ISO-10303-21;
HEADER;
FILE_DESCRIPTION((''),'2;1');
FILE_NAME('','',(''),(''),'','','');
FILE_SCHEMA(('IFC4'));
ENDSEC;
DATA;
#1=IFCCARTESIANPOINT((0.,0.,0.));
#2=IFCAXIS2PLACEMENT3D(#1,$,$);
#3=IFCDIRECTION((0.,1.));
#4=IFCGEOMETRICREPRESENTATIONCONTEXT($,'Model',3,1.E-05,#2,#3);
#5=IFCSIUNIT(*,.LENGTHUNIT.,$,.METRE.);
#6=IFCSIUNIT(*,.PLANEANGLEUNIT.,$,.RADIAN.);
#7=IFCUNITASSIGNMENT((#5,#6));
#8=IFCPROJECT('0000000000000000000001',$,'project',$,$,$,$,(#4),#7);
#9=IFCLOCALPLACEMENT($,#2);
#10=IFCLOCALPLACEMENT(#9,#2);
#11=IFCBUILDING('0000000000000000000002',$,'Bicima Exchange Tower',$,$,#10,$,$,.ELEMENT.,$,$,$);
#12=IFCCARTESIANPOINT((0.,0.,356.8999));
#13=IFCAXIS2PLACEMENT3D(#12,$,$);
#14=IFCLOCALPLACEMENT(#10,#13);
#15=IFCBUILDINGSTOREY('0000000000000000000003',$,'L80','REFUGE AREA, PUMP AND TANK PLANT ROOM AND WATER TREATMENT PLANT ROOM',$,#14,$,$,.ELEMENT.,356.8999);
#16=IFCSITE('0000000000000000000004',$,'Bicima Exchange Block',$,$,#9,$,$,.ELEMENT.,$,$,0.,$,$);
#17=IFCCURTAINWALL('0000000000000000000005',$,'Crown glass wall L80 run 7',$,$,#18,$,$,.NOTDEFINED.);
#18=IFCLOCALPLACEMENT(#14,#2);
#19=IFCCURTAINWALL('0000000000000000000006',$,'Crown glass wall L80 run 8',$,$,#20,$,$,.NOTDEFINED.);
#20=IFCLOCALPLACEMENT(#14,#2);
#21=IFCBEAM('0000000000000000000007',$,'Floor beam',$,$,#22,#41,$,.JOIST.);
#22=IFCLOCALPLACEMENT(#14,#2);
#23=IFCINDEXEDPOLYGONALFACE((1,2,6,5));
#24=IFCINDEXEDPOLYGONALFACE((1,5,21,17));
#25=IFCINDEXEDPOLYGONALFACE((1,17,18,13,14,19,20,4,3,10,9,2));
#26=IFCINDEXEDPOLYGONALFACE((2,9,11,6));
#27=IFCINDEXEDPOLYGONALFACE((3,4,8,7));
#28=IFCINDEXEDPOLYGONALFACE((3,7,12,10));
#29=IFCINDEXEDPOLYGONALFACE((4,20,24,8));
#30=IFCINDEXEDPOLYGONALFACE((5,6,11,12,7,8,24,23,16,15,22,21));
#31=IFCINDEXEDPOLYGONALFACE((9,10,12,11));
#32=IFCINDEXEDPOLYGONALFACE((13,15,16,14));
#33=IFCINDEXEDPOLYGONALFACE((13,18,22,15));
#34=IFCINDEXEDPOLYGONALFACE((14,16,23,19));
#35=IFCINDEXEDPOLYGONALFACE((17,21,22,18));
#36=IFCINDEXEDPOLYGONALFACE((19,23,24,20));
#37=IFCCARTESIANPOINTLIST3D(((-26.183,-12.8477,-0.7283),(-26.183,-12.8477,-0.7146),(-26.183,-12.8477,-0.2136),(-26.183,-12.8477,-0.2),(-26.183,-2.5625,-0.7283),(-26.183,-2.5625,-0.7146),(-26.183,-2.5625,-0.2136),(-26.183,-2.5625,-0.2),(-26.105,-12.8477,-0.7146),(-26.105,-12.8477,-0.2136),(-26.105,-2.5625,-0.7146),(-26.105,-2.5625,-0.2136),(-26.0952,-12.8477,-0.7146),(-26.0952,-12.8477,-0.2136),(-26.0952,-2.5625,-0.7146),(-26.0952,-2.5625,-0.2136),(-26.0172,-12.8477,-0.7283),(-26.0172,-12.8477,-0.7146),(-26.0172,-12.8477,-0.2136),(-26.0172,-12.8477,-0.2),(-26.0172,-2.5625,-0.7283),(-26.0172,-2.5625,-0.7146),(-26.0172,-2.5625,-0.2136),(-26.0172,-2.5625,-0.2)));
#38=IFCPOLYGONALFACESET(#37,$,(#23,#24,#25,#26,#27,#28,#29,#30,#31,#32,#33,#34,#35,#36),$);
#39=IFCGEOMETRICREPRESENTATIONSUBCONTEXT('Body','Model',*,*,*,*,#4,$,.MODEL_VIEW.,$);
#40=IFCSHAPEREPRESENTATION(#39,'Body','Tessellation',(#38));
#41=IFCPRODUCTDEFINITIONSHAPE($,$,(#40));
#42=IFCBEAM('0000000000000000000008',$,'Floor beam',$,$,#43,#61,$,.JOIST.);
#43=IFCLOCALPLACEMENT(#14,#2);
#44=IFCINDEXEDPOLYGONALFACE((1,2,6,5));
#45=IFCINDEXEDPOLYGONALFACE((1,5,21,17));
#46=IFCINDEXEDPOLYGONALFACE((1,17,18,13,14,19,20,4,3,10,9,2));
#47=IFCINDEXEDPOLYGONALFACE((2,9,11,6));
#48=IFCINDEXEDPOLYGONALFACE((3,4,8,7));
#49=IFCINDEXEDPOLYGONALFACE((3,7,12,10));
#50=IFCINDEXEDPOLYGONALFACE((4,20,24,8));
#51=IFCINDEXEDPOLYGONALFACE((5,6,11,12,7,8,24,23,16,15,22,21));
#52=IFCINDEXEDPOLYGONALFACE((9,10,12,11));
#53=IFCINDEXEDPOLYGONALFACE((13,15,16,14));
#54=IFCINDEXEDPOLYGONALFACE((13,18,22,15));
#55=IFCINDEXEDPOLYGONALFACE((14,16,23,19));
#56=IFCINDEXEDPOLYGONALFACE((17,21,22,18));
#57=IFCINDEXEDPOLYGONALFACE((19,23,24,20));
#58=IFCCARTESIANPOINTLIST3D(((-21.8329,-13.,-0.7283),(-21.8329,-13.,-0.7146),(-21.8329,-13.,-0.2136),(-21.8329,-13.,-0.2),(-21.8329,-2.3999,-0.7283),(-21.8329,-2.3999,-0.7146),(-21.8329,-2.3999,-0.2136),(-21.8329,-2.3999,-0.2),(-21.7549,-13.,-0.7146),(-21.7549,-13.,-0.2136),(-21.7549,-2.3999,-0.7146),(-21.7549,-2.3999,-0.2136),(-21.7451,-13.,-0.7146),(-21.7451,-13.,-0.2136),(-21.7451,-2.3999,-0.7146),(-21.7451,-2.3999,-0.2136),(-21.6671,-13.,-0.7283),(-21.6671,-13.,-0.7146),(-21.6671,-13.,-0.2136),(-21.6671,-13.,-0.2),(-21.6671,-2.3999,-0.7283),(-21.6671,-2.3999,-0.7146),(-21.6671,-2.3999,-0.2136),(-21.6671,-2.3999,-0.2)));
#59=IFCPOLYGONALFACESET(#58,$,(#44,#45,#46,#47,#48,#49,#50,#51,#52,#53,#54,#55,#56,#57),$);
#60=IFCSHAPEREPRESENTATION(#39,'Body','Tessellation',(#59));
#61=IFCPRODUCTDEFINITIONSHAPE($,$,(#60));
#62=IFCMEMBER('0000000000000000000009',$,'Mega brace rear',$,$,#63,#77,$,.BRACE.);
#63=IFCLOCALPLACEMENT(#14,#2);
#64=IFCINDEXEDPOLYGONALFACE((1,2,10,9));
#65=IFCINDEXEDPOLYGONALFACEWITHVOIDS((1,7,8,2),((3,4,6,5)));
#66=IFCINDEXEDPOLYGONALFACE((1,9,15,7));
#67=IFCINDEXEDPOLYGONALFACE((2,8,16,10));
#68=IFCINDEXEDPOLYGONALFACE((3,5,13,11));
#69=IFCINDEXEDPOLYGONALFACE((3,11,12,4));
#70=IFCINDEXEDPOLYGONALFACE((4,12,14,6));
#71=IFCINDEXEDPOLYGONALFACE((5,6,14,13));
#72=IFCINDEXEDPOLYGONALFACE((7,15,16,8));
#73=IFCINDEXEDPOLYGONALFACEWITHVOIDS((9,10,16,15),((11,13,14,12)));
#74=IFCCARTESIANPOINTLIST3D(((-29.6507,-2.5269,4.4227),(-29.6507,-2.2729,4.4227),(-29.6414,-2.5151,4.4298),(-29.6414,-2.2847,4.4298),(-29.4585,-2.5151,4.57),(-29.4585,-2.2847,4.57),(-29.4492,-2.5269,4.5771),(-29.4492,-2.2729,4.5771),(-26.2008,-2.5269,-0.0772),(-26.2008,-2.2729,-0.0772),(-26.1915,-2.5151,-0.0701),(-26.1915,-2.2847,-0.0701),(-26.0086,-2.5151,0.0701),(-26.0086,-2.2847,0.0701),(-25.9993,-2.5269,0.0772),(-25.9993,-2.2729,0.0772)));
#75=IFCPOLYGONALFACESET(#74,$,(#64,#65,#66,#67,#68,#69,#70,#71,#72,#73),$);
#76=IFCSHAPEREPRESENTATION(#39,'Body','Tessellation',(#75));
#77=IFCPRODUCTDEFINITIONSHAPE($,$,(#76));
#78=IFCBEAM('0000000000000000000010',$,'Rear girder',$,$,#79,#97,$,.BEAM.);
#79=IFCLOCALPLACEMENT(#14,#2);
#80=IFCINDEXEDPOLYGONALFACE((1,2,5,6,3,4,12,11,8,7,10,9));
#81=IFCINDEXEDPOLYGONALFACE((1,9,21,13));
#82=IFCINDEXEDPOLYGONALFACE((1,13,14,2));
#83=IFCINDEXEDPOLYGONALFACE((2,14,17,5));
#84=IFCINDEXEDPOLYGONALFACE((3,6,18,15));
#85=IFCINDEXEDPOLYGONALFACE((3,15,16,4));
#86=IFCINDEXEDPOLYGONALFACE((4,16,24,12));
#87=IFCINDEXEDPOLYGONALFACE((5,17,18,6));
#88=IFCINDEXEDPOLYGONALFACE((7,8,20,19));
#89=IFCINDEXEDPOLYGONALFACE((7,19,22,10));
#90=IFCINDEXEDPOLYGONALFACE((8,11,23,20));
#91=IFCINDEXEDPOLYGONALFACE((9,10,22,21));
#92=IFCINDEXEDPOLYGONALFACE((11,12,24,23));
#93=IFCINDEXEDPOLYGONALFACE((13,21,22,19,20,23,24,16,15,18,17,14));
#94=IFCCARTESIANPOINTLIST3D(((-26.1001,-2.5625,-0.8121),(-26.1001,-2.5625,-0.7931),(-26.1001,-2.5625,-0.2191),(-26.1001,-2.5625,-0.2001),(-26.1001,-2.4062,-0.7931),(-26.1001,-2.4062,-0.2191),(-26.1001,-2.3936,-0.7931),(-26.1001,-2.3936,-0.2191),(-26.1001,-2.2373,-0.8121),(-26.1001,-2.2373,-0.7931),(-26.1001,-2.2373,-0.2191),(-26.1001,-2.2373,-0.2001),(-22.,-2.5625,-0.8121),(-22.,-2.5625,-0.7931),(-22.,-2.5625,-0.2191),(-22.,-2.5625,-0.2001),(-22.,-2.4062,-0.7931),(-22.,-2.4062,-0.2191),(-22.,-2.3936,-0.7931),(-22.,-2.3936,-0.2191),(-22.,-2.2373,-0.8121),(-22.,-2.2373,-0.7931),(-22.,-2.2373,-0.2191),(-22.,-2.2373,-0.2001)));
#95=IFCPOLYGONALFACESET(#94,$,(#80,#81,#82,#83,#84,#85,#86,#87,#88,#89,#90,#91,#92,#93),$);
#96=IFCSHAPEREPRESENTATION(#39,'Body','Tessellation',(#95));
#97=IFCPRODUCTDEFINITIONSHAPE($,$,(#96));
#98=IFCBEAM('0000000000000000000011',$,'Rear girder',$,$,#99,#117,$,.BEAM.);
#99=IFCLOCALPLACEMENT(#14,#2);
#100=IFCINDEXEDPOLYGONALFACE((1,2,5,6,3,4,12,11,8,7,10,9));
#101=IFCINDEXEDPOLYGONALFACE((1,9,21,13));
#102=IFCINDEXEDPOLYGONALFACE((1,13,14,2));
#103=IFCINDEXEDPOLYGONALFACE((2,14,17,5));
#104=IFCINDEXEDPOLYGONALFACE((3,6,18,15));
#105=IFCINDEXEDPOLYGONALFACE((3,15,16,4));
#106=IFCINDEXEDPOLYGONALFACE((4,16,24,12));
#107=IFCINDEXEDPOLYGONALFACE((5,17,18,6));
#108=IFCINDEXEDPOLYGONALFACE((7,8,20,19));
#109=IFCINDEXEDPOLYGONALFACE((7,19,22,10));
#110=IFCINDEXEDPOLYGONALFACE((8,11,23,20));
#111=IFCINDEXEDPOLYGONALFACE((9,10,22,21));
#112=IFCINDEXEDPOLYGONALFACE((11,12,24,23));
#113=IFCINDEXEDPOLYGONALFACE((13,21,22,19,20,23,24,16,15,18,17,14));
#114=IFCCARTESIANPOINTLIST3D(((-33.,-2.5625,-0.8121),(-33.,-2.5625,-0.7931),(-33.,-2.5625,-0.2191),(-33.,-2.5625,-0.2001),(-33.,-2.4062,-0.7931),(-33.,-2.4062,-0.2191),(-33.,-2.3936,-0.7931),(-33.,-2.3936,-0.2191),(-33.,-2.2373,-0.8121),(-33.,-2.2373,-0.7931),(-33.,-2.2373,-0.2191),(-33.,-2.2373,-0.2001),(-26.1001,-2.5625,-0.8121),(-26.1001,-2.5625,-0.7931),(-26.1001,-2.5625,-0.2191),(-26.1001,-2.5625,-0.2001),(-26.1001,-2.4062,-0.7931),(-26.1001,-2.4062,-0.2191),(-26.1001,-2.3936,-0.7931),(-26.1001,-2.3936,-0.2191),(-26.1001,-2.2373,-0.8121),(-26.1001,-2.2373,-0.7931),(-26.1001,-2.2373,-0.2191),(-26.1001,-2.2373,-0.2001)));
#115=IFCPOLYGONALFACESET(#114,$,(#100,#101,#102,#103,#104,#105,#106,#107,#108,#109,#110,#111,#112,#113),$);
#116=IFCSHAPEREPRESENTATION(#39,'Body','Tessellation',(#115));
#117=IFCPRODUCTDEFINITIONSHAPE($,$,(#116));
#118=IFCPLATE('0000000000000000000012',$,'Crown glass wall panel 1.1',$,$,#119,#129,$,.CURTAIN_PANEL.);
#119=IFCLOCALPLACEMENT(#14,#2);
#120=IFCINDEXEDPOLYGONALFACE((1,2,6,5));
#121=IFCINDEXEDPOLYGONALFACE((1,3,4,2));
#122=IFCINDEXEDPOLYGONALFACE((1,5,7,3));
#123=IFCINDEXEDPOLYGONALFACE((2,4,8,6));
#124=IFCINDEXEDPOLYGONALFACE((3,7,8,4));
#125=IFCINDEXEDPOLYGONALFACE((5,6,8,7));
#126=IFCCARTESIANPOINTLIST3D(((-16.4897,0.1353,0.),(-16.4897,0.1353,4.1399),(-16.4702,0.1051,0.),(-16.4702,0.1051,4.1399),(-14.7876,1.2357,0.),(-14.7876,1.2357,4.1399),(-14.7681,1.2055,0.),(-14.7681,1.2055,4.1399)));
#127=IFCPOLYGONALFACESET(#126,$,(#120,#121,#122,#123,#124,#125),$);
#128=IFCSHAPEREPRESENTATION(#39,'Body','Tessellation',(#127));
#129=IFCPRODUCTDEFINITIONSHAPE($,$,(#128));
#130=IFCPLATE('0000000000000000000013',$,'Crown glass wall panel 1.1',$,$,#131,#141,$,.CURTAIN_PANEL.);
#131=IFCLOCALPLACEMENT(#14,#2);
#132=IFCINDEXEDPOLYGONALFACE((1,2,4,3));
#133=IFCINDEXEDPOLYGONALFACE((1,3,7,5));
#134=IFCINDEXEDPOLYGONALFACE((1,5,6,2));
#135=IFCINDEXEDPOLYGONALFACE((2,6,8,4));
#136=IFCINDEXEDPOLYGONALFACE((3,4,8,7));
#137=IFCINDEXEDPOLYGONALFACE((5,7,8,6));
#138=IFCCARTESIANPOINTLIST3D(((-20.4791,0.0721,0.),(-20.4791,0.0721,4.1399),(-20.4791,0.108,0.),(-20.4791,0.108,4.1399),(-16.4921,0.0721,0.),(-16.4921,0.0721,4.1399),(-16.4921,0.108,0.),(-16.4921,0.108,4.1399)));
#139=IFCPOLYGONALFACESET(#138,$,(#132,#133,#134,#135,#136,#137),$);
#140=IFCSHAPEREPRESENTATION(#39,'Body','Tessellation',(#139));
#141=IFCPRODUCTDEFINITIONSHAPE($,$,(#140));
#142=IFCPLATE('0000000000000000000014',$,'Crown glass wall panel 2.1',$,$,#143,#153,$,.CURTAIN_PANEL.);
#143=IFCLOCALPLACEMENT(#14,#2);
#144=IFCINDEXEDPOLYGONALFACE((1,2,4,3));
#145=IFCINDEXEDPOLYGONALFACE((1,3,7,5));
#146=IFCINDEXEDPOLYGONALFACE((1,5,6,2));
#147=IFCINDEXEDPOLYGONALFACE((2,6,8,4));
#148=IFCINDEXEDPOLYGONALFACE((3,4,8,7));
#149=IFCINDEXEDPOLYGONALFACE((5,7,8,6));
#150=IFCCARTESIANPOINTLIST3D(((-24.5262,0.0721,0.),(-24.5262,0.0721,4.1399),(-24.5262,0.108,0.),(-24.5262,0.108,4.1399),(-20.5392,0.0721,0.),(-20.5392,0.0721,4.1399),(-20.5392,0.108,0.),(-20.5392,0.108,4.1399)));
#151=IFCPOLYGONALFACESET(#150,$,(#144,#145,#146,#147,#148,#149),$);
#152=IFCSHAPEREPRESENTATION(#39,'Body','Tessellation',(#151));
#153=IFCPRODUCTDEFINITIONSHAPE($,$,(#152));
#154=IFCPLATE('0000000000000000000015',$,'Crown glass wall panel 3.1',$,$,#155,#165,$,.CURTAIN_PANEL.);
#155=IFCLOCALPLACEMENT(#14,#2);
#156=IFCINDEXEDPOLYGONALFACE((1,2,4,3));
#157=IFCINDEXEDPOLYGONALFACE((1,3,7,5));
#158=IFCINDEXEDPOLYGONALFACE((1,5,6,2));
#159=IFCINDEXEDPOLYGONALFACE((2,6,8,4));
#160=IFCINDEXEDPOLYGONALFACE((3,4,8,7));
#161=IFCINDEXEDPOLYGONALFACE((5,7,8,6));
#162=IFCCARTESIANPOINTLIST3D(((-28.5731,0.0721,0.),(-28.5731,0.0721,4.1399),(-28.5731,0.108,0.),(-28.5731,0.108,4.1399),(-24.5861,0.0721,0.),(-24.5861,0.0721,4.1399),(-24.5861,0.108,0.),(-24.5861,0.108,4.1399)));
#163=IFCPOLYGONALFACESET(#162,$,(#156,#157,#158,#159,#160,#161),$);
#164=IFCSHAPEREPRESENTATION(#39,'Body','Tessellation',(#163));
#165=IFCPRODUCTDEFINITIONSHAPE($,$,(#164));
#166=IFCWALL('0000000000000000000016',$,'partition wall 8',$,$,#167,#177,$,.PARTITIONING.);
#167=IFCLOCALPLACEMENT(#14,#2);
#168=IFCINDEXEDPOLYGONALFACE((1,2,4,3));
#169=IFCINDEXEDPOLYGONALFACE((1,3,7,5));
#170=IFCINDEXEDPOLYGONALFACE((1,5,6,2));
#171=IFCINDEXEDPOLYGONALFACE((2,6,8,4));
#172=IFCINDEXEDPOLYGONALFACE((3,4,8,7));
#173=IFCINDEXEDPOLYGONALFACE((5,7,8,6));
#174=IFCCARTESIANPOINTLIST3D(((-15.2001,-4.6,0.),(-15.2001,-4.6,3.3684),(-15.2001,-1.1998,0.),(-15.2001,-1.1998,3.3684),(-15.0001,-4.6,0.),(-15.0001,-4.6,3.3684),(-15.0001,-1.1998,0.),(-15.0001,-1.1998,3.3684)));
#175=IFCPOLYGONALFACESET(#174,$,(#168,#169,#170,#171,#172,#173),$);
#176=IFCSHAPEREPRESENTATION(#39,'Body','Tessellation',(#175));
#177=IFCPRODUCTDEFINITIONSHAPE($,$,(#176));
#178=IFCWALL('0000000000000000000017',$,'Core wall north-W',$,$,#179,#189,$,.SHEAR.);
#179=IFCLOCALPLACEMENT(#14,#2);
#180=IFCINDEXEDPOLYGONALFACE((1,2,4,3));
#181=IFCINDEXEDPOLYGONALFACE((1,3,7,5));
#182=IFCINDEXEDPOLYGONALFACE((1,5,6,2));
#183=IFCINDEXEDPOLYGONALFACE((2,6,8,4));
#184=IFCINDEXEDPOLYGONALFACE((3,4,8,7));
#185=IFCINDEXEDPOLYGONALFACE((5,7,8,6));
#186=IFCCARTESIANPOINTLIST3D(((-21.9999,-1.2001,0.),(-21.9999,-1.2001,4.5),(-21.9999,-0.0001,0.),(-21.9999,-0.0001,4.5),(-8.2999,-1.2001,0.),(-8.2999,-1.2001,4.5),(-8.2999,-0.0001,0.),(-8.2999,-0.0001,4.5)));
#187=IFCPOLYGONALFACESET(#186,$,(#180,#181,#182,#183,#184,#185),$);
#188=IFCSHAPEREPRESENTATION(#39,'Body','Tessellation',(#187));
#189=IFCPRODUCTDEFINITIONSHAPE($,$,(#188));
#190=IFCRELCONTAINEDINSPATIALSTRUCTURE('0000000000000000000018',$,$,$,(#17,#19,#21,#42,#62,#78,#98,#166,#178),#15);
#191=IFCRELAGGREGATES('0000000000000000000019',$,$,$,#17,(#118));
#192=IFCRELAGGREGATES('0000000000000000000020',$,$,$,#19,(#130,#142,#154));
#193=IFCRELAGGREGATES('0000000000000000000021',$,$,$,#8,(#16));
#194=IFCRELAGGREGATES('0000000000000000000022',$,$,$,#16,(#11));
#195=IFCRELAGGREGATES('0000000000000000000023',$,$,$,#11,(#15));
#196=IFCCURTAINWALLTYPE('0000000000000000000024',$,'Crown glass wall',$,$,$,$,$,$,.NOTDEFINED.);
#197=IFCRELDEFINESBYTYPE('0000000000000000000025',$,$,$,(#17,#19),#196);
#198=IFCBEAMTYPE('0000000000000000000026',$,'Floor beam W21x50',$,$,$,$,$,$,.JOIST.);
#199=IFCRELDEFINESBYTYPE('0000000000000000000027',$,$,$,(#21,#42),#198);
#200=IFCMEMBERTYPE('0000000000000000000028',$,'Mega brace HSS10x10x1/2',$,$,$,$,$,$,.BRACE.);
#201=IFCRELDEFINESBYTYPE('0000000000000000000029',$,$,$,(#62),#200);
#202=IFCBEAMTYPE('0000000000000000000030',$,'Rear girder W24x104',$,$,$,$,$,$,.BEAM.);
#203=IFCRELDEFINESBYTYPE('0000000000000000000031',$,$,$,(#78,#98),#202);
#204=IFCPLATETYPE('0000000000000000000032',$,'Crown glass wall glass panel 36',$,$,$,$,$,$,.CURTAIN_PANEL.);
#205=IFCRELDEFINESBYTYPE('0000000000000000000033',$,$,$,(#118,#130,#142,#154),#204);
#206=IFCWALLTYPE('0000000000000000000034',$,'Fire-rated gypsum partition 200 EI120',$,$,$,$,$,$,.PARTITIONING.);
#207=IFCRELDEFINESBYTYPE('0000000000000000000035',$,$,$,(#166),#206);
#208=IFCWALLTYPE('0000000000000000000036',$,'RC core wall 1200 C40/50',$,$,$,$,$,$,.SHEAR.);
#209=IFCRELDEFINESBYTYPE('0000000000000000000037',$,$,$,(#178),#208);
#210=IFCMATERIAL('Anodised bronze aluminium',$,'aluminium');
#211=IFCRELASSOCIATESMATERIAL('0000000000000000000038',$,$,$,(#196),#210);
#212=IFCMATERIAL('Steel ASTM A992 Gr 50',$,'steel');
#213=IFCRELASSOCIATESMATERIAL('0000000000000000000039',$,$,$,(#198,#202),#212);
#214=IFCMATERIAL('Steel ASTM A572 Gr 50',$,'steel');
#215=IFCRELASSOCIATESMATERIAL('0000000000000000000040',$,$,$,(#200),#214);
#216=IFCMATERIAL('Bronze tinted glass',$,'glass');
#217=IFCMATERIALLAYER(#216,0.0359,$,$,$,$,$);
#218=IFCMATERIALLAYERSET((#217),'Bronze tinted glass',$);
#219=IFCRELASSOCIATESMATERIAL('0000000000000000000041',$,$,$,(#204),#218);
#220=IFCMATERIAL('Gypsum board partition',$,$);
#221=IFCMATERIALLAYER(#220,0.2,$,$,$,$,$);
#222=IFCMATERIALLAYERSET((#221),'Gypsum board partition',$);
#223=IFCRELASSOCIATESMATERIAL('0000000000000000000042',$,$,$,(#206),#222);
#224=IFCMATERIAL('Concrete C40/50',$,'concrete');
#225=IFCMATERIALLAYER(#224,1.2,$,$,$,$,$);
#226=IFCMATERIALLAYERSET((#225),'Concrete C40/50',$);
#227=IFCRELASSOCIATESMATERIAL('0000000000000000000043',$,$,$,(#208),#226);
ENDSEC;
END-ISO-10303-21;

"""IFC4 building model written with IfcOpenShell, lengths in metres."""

from ifc_helpers import new_model, si_unit, direction, frame, frame_2d, origin, origin_2d, place, context, subcontext, project, spatial, rectangle, hollow_rectangle, i_section, extrude, material, layer, layer_set, material_profile, profile_set, type_object, element, aggregate, save


model = new_model("IFC4")

# Units and contexts
model_context = context("Model", 3, precision=1e-05, world=origin(), true_north=direction((0.0, 1.0)))
body_context = subcontext(model_context, "Body", "Model", "MODEL_VIEW")
ifc_project = project(units=[si_unit("LENGTHUNIT", "METRE"), si_unit("PLANEANGLEUNIT", "RADIAN")], contexts=[model_context])

# Site, building, storey
site_placement = place(None, origin())
site = spatial("IfcSite", under=ifc_project, at=site_placement, Name="Bicima Exchange Block", CompositionType="ELEMENT", RefElevation=0.0)
building_placement = place(site_placement, origin())
building = spatial("IfcBuilding", under=site, at=building_placement, Name="Bicima Exchange Tower", CompositionType="ELEMENT")
storey_placement = place(building_placement, frame((0.0, 0.0, 356.8999)))
storey = spatial("IfcBuildingStorey", under=building, at=storey_placement, Name="L80", Description="REFUGE AREA, PUMP AND TANK PLANT ROOM AND WATER TREATMENT PLANT ROOM", CompositionType="ELEMENT", Elevation=356.8999)

# Shared definitions
ifc_material_1 = material(Name="Steel ASTM A992 Gr 50", Category="steel")

# Shared definitions
ifc_material_2 = material(Name="Anodised bronze aluminium", Category="aluminium")
curtain_wall_type = type_object("IfcCurtainWallType", Name="Crown glass wall", PredefinedType="NOTDEFINED", material=ifc_material_2)

# Curtain walls
curtain_wall_1_placement = place(storey_placement, origin())
curtain_wall_1 = element("IfcCurtainWall", 1, at=curtain_wall_1_placement, inside=storey, type_object=curtain_wall_type, Name="Crown glass wall L80 run 7", PredefinedType="NOTDEFINED")
curtain_wall_2_placement = place(storey_placement, origin())
curtain_wall_2 = element("IfcCurtainWall", 2, at=curtain_wall_2_placement, inside=storey, type_object=curtain_wall_type, Name="Crown glass wall L80 run 8", PredefinedType="NOTDEFINED")

# Beams
ifc_material_profile_1 = material_profile(ifc_material_1, i_section(OverallWidth=0.1658, OverallDepth=0.5283, WebThickness=0.0098, FlangeThickness=0.0137, at=origin_2d()))
ifc_profile_set_1 = profile_set([ifc_material_profile_1], Name="Steel ASTM A992 Gr 50")
beam_type_1 = type_object("IfcBeamType", Name="Floor beam W21x50", PredefinedType="JOIST", material=ifc_profile_set_1)
beam_1_placement = place(storey_placement, frame((-26.1001, -2.5625, -0.4641), z_axis=(0.0, -1.0, 0.0), x_axis=(1.0, 0.0, 0.0)))
element("IfcBeam", 3, at=beam_1_placement, inside=storey, type_object=beam_type_1, Name="Floor beam", PredefinedType="JOIST", context=body_context, shape_type="SweptSolid", body=[
    extrude(i_section(OverallWidth=0.1658, OverallDepth=0.5283, WebThickness=0.0098, FlangeThickness=0.0137, at=origin_2d()), origin(), (0.0, 0.0, 1.0), 10.2852),
])
beam_2_placement = place(storey_placement, frame((-21.75, -2.3999, -0.4641), z_axis=(0.0, -1.0, 0.0), x_axis=(1.0, 0.0, 0.0)))
element("IfcBeam", 4, at=beam_2_placement, inside=storey, type_object=beam_type_1, Name="Floor beam", PredefinedType="JOIST", context=body_context, shape_type="SweptSolid", body=[
    extrude(i_section(OverallWidth=0.1658, OverallDepth=0.5283, WebThickness=0.0098, FlangeThickness=0.0137, at=origin_2d()), origin(), (0.0, 0.0, 1.0), 10.6001),
])

# Member
ifc_material_3 = material(Name="Steel ASTM A572 Gr 50", Category="steel")
ifc_material_profile_2 = material_profile(ifc_material_3, hollow_rectangle(XDim=0.2539, YDim=0.2539, WallThickness=0.0117, at=origin_2d()))
ifc_profile_set_2 = profile_set([ifc_material_profile_2], Name="Steel ASTM A572 Gr 50")
member_type_1 = type_object("IfcMemberType", Name="Mega brace HSS10x10x1/2", PredefinedType="BRACE", material=ifc_profile_set_2)
member_1_placement = place(storey_placement, frame((-26.1001, -2.3999, 0.0), z_axis=(-0.608426, 0.0, 0.793611), x_axis=(0.0, -1.0, 0.0)))
element("IfcMember", 5, at=member_1_placement, inside=storey, type_object=member_type_1, Name="Mega brace rear", PredefinedType="BRACE", context=body_context, shape_type="SweptSolid", body=[
    extrude(hollow_rectangle(XDim=0.2539, YDim=0.2539, WallThickness=0.0117, at=origin_2d()), origin(), (0.0, 0.0, 1.0), 5.6702),
])

# Beams
ifc_material_profile_3 = material_profile(ifc_material_1, i_section(OverallWidth=0.3252, OverallDepth=0.6121, WebThickness=0.0127, FlangeThickness=0.019, at=origin_2d()))
ifc_profile_set_3 = profile_set([ifc_material_profile_3], Name="Steel ASTM A992 Gr 50")
beam_type_2 = type_object("IfcBeamType", Name="Rear girder W24x104", PredefinedType="BEAM", material=ifc_profile_set_3)
beam_3_placement = place(storey_placement, frame((-22.0, -2.3999, -0.5061), z_axis=(-1.0, 0.0, 0.0), x_axis=(0.0, -1.0, 0.0)))
element("IfcBeam", 6, at=beam_3_placement, inside=storey, type_object=beam_type_2, Name="Rear girder", PredefinedType="BEAM", context=body_context, shape_type="SweptSolid", body=[
    extrude(i_section(OverallWidth=0.3252, OverallDepth=0.6121, WebThickness=0.0127, FlangeThickness=0.019, at=origin_2d()), origin(), (0.0, 0.0, 1.0), 4.1001),
])
beam_4_placement = place(storey_placement, frame((-26.1001, -2.3999, -0.5061), z_axis=(-1.0, 0.0, 0.0), x_axis=(0.0, -1.0, 0.0)))
element("IfcBeam", 7, at=beam_4_placement, inside=storey, type_object=beam_type_2, Name="Rear girder", PredefinedType="BEAM", context=body_context, shape_type="SweptSolid", body=[
    extrude(i_section(OverallWidth=0.3252, OverallDepth=0.6121, WebThickness=0.0127, FlangeThickness=0.019, at=origin_2d()), origin(), (0.0, 0.0, 1.0), 6.8999),
])

# Plates
ifc_material_4 = material(Name="Bronze tinted glass", Category="glass")
ifc_layer_1 = layer(ifc_material_4, 0.0359)
ifc_layer_set_1 = layer_set([ifc_layer_1], Name="Bronze tinted glass")
plate_type = type_object("IfcPlateType", Name="Crown glass wall glass panel 36", PredefinedType="CURTAIN_PANEL", material=ifc_layer_set_1)
plate_1_placement = place(storey_placement, frame((-15.6289, 0.6704, 0.0), z_axis=(0.0, 0.0, 1.0), x_axis=(-0.83979, -0.542911, 0.0)))
plate_1 = element("IfcPlate", 8, at=plate_1_placement, type_object=plate_type, Name="Crown glass wall panel 1.1", PredefinedType="CURTAIN_PANEL", context=body_context, shape_type="SweptSolid", body=[
    extrude(rectangle(XDim=2.0269, YDim=0.0359, at=origin_2d()), origin(), (0.0, 0.0, 1.0), 4.1399),
])
aggregate(curtain_wall_1, [plate_1])
plate_2_placement = place(storey_placement, frame((-18.4856, 0.0901, 0.0), z_axis=(0.0, 0.0, 1.0), x_axis=(-1.0, 0.0, 0.0)))
plate_2 = element("IfcPlate", 9, at=plate_2_placement, type_object=plate_type, Name="Crown glass wall panel 1.1", PredefinedType="CURTAIN_PANEL", context=body_context, shape_type="SweptSolid", body=[
    extrude(rectangle(XDim=3.9871, YDim=0.0359, at=origin_2d()), origin(), (0.0, 0.0, 1.0), 4.1399),
])
plate_3_placement = place(storey_placement, frame((-22.5327, 0.0901, 0.0), z_axis=(0.0, 0.0, 1.0), x_axis=(-1.0, 0.0, 0.0)))
plate_3 = element("IfcPlate", 10, at=plate_3_placement, type_object=plate_type, Name="Crown glass wall panel 2.1", PredefinedType="CURTAIN_PANEL", context=body_context, shape_type="SweptSolid", body=[
    extrude(rectangle(XDim=3.9871, YDim=0.0359, at=origin_2d()), origin(), (0.0, 0.0, 1.0), 4.1399),
])
plate_4_placement = place(storey_placement, frame((-26.5796, 0.0901, 0.0), z_axis=(0.0, 0.0, 1.0), x_axis=(-1.0, 0.0, 0.0)))
plate_4 = element("IfcPlate", 11, at=plate_4_placement, type_object=plate_type, Name="Crown glass wall panel 3.1", PredefinedType="CURTAIN_PANEL", context=body_context, shape_type="SweptSolid", body=[
    extrude(rectangle(XDim=3.9871, YDim=0.0359, at=origin_2d()), origin(), (0.0, 0.0, 1.0), 4.1399),
])
aggregate(curtain_wall_2, [plate_2, plate_3, plate_4])

# Walls
ifc_material_5 = material(Name="Gypsum board partition")
ifc_layer_2 = layer(ifc_material_5, 0.2)
ifc_layer_set_2 = layer_set([ifc_layer_2], Name="Gypsum board partition")
wall_type_1 = type_object("IfcWallType", Name="Fire-rated gypsum partition 200 EI120", PredefinedType="PARTITIONING", material=ifc_layer_set_2)
wall_1_placement = place(storey_placement, frame((-15.1001, -4.6001, 0.0), z_axis=(0.0, 0.0, 1.0), x_axis=(0.0, 1.0, 0.0)))
element("IfcWall", 12, at=wall_1_placement, inside=storey, type_object=wall_type_1, Name="partition wall 8", PredefinedType="PARTITIONING", context=body_context, shape_type="SweptSolid", body=[
    extrude(rectangle(XDim=3.4001, YDim=0.2, at=frame_2d((1.7002, 0.0))), origin(), (0.0, 0.0, 1.0), 3.3684),
])
ifc_material_6 = material(Name="Concrete C40/50", Category="concrete")
ifc_layer_3 = layer(ifc_material_6, 1.2)
ifc_layer_set_3 = layer_set([ifc_layer_3], Name="Concrete C40/50")
wall_type_2 = type_object("IfcWallType", Name="RC core wall 1200 C40/50", PredefinedType="SHEAR", material=ifc_layer_set_3)
wall_2_placement = place(storey_placement, frame((-22.0, -0.6001, 0.0), z_axis=(0.0, 0.0, 1.0), x_axis=(1.0, 0.0, 0.0)))
element("IfcWall", 13, at=wall_2_placement, inside=storey, type_object=wall_type_2, Name="Core wall north-W", PredefinedType="SHEAR", context=body_context, shape_type="SweptSolid", body=[
    extrude(rectangle(XDim=13.7, YDim=1.2, at=frame_2d((6.8501, 0.0))), origin(), (0.0, 0.0, 1.0), 4.5),
])

save(model, "model.ifc")
